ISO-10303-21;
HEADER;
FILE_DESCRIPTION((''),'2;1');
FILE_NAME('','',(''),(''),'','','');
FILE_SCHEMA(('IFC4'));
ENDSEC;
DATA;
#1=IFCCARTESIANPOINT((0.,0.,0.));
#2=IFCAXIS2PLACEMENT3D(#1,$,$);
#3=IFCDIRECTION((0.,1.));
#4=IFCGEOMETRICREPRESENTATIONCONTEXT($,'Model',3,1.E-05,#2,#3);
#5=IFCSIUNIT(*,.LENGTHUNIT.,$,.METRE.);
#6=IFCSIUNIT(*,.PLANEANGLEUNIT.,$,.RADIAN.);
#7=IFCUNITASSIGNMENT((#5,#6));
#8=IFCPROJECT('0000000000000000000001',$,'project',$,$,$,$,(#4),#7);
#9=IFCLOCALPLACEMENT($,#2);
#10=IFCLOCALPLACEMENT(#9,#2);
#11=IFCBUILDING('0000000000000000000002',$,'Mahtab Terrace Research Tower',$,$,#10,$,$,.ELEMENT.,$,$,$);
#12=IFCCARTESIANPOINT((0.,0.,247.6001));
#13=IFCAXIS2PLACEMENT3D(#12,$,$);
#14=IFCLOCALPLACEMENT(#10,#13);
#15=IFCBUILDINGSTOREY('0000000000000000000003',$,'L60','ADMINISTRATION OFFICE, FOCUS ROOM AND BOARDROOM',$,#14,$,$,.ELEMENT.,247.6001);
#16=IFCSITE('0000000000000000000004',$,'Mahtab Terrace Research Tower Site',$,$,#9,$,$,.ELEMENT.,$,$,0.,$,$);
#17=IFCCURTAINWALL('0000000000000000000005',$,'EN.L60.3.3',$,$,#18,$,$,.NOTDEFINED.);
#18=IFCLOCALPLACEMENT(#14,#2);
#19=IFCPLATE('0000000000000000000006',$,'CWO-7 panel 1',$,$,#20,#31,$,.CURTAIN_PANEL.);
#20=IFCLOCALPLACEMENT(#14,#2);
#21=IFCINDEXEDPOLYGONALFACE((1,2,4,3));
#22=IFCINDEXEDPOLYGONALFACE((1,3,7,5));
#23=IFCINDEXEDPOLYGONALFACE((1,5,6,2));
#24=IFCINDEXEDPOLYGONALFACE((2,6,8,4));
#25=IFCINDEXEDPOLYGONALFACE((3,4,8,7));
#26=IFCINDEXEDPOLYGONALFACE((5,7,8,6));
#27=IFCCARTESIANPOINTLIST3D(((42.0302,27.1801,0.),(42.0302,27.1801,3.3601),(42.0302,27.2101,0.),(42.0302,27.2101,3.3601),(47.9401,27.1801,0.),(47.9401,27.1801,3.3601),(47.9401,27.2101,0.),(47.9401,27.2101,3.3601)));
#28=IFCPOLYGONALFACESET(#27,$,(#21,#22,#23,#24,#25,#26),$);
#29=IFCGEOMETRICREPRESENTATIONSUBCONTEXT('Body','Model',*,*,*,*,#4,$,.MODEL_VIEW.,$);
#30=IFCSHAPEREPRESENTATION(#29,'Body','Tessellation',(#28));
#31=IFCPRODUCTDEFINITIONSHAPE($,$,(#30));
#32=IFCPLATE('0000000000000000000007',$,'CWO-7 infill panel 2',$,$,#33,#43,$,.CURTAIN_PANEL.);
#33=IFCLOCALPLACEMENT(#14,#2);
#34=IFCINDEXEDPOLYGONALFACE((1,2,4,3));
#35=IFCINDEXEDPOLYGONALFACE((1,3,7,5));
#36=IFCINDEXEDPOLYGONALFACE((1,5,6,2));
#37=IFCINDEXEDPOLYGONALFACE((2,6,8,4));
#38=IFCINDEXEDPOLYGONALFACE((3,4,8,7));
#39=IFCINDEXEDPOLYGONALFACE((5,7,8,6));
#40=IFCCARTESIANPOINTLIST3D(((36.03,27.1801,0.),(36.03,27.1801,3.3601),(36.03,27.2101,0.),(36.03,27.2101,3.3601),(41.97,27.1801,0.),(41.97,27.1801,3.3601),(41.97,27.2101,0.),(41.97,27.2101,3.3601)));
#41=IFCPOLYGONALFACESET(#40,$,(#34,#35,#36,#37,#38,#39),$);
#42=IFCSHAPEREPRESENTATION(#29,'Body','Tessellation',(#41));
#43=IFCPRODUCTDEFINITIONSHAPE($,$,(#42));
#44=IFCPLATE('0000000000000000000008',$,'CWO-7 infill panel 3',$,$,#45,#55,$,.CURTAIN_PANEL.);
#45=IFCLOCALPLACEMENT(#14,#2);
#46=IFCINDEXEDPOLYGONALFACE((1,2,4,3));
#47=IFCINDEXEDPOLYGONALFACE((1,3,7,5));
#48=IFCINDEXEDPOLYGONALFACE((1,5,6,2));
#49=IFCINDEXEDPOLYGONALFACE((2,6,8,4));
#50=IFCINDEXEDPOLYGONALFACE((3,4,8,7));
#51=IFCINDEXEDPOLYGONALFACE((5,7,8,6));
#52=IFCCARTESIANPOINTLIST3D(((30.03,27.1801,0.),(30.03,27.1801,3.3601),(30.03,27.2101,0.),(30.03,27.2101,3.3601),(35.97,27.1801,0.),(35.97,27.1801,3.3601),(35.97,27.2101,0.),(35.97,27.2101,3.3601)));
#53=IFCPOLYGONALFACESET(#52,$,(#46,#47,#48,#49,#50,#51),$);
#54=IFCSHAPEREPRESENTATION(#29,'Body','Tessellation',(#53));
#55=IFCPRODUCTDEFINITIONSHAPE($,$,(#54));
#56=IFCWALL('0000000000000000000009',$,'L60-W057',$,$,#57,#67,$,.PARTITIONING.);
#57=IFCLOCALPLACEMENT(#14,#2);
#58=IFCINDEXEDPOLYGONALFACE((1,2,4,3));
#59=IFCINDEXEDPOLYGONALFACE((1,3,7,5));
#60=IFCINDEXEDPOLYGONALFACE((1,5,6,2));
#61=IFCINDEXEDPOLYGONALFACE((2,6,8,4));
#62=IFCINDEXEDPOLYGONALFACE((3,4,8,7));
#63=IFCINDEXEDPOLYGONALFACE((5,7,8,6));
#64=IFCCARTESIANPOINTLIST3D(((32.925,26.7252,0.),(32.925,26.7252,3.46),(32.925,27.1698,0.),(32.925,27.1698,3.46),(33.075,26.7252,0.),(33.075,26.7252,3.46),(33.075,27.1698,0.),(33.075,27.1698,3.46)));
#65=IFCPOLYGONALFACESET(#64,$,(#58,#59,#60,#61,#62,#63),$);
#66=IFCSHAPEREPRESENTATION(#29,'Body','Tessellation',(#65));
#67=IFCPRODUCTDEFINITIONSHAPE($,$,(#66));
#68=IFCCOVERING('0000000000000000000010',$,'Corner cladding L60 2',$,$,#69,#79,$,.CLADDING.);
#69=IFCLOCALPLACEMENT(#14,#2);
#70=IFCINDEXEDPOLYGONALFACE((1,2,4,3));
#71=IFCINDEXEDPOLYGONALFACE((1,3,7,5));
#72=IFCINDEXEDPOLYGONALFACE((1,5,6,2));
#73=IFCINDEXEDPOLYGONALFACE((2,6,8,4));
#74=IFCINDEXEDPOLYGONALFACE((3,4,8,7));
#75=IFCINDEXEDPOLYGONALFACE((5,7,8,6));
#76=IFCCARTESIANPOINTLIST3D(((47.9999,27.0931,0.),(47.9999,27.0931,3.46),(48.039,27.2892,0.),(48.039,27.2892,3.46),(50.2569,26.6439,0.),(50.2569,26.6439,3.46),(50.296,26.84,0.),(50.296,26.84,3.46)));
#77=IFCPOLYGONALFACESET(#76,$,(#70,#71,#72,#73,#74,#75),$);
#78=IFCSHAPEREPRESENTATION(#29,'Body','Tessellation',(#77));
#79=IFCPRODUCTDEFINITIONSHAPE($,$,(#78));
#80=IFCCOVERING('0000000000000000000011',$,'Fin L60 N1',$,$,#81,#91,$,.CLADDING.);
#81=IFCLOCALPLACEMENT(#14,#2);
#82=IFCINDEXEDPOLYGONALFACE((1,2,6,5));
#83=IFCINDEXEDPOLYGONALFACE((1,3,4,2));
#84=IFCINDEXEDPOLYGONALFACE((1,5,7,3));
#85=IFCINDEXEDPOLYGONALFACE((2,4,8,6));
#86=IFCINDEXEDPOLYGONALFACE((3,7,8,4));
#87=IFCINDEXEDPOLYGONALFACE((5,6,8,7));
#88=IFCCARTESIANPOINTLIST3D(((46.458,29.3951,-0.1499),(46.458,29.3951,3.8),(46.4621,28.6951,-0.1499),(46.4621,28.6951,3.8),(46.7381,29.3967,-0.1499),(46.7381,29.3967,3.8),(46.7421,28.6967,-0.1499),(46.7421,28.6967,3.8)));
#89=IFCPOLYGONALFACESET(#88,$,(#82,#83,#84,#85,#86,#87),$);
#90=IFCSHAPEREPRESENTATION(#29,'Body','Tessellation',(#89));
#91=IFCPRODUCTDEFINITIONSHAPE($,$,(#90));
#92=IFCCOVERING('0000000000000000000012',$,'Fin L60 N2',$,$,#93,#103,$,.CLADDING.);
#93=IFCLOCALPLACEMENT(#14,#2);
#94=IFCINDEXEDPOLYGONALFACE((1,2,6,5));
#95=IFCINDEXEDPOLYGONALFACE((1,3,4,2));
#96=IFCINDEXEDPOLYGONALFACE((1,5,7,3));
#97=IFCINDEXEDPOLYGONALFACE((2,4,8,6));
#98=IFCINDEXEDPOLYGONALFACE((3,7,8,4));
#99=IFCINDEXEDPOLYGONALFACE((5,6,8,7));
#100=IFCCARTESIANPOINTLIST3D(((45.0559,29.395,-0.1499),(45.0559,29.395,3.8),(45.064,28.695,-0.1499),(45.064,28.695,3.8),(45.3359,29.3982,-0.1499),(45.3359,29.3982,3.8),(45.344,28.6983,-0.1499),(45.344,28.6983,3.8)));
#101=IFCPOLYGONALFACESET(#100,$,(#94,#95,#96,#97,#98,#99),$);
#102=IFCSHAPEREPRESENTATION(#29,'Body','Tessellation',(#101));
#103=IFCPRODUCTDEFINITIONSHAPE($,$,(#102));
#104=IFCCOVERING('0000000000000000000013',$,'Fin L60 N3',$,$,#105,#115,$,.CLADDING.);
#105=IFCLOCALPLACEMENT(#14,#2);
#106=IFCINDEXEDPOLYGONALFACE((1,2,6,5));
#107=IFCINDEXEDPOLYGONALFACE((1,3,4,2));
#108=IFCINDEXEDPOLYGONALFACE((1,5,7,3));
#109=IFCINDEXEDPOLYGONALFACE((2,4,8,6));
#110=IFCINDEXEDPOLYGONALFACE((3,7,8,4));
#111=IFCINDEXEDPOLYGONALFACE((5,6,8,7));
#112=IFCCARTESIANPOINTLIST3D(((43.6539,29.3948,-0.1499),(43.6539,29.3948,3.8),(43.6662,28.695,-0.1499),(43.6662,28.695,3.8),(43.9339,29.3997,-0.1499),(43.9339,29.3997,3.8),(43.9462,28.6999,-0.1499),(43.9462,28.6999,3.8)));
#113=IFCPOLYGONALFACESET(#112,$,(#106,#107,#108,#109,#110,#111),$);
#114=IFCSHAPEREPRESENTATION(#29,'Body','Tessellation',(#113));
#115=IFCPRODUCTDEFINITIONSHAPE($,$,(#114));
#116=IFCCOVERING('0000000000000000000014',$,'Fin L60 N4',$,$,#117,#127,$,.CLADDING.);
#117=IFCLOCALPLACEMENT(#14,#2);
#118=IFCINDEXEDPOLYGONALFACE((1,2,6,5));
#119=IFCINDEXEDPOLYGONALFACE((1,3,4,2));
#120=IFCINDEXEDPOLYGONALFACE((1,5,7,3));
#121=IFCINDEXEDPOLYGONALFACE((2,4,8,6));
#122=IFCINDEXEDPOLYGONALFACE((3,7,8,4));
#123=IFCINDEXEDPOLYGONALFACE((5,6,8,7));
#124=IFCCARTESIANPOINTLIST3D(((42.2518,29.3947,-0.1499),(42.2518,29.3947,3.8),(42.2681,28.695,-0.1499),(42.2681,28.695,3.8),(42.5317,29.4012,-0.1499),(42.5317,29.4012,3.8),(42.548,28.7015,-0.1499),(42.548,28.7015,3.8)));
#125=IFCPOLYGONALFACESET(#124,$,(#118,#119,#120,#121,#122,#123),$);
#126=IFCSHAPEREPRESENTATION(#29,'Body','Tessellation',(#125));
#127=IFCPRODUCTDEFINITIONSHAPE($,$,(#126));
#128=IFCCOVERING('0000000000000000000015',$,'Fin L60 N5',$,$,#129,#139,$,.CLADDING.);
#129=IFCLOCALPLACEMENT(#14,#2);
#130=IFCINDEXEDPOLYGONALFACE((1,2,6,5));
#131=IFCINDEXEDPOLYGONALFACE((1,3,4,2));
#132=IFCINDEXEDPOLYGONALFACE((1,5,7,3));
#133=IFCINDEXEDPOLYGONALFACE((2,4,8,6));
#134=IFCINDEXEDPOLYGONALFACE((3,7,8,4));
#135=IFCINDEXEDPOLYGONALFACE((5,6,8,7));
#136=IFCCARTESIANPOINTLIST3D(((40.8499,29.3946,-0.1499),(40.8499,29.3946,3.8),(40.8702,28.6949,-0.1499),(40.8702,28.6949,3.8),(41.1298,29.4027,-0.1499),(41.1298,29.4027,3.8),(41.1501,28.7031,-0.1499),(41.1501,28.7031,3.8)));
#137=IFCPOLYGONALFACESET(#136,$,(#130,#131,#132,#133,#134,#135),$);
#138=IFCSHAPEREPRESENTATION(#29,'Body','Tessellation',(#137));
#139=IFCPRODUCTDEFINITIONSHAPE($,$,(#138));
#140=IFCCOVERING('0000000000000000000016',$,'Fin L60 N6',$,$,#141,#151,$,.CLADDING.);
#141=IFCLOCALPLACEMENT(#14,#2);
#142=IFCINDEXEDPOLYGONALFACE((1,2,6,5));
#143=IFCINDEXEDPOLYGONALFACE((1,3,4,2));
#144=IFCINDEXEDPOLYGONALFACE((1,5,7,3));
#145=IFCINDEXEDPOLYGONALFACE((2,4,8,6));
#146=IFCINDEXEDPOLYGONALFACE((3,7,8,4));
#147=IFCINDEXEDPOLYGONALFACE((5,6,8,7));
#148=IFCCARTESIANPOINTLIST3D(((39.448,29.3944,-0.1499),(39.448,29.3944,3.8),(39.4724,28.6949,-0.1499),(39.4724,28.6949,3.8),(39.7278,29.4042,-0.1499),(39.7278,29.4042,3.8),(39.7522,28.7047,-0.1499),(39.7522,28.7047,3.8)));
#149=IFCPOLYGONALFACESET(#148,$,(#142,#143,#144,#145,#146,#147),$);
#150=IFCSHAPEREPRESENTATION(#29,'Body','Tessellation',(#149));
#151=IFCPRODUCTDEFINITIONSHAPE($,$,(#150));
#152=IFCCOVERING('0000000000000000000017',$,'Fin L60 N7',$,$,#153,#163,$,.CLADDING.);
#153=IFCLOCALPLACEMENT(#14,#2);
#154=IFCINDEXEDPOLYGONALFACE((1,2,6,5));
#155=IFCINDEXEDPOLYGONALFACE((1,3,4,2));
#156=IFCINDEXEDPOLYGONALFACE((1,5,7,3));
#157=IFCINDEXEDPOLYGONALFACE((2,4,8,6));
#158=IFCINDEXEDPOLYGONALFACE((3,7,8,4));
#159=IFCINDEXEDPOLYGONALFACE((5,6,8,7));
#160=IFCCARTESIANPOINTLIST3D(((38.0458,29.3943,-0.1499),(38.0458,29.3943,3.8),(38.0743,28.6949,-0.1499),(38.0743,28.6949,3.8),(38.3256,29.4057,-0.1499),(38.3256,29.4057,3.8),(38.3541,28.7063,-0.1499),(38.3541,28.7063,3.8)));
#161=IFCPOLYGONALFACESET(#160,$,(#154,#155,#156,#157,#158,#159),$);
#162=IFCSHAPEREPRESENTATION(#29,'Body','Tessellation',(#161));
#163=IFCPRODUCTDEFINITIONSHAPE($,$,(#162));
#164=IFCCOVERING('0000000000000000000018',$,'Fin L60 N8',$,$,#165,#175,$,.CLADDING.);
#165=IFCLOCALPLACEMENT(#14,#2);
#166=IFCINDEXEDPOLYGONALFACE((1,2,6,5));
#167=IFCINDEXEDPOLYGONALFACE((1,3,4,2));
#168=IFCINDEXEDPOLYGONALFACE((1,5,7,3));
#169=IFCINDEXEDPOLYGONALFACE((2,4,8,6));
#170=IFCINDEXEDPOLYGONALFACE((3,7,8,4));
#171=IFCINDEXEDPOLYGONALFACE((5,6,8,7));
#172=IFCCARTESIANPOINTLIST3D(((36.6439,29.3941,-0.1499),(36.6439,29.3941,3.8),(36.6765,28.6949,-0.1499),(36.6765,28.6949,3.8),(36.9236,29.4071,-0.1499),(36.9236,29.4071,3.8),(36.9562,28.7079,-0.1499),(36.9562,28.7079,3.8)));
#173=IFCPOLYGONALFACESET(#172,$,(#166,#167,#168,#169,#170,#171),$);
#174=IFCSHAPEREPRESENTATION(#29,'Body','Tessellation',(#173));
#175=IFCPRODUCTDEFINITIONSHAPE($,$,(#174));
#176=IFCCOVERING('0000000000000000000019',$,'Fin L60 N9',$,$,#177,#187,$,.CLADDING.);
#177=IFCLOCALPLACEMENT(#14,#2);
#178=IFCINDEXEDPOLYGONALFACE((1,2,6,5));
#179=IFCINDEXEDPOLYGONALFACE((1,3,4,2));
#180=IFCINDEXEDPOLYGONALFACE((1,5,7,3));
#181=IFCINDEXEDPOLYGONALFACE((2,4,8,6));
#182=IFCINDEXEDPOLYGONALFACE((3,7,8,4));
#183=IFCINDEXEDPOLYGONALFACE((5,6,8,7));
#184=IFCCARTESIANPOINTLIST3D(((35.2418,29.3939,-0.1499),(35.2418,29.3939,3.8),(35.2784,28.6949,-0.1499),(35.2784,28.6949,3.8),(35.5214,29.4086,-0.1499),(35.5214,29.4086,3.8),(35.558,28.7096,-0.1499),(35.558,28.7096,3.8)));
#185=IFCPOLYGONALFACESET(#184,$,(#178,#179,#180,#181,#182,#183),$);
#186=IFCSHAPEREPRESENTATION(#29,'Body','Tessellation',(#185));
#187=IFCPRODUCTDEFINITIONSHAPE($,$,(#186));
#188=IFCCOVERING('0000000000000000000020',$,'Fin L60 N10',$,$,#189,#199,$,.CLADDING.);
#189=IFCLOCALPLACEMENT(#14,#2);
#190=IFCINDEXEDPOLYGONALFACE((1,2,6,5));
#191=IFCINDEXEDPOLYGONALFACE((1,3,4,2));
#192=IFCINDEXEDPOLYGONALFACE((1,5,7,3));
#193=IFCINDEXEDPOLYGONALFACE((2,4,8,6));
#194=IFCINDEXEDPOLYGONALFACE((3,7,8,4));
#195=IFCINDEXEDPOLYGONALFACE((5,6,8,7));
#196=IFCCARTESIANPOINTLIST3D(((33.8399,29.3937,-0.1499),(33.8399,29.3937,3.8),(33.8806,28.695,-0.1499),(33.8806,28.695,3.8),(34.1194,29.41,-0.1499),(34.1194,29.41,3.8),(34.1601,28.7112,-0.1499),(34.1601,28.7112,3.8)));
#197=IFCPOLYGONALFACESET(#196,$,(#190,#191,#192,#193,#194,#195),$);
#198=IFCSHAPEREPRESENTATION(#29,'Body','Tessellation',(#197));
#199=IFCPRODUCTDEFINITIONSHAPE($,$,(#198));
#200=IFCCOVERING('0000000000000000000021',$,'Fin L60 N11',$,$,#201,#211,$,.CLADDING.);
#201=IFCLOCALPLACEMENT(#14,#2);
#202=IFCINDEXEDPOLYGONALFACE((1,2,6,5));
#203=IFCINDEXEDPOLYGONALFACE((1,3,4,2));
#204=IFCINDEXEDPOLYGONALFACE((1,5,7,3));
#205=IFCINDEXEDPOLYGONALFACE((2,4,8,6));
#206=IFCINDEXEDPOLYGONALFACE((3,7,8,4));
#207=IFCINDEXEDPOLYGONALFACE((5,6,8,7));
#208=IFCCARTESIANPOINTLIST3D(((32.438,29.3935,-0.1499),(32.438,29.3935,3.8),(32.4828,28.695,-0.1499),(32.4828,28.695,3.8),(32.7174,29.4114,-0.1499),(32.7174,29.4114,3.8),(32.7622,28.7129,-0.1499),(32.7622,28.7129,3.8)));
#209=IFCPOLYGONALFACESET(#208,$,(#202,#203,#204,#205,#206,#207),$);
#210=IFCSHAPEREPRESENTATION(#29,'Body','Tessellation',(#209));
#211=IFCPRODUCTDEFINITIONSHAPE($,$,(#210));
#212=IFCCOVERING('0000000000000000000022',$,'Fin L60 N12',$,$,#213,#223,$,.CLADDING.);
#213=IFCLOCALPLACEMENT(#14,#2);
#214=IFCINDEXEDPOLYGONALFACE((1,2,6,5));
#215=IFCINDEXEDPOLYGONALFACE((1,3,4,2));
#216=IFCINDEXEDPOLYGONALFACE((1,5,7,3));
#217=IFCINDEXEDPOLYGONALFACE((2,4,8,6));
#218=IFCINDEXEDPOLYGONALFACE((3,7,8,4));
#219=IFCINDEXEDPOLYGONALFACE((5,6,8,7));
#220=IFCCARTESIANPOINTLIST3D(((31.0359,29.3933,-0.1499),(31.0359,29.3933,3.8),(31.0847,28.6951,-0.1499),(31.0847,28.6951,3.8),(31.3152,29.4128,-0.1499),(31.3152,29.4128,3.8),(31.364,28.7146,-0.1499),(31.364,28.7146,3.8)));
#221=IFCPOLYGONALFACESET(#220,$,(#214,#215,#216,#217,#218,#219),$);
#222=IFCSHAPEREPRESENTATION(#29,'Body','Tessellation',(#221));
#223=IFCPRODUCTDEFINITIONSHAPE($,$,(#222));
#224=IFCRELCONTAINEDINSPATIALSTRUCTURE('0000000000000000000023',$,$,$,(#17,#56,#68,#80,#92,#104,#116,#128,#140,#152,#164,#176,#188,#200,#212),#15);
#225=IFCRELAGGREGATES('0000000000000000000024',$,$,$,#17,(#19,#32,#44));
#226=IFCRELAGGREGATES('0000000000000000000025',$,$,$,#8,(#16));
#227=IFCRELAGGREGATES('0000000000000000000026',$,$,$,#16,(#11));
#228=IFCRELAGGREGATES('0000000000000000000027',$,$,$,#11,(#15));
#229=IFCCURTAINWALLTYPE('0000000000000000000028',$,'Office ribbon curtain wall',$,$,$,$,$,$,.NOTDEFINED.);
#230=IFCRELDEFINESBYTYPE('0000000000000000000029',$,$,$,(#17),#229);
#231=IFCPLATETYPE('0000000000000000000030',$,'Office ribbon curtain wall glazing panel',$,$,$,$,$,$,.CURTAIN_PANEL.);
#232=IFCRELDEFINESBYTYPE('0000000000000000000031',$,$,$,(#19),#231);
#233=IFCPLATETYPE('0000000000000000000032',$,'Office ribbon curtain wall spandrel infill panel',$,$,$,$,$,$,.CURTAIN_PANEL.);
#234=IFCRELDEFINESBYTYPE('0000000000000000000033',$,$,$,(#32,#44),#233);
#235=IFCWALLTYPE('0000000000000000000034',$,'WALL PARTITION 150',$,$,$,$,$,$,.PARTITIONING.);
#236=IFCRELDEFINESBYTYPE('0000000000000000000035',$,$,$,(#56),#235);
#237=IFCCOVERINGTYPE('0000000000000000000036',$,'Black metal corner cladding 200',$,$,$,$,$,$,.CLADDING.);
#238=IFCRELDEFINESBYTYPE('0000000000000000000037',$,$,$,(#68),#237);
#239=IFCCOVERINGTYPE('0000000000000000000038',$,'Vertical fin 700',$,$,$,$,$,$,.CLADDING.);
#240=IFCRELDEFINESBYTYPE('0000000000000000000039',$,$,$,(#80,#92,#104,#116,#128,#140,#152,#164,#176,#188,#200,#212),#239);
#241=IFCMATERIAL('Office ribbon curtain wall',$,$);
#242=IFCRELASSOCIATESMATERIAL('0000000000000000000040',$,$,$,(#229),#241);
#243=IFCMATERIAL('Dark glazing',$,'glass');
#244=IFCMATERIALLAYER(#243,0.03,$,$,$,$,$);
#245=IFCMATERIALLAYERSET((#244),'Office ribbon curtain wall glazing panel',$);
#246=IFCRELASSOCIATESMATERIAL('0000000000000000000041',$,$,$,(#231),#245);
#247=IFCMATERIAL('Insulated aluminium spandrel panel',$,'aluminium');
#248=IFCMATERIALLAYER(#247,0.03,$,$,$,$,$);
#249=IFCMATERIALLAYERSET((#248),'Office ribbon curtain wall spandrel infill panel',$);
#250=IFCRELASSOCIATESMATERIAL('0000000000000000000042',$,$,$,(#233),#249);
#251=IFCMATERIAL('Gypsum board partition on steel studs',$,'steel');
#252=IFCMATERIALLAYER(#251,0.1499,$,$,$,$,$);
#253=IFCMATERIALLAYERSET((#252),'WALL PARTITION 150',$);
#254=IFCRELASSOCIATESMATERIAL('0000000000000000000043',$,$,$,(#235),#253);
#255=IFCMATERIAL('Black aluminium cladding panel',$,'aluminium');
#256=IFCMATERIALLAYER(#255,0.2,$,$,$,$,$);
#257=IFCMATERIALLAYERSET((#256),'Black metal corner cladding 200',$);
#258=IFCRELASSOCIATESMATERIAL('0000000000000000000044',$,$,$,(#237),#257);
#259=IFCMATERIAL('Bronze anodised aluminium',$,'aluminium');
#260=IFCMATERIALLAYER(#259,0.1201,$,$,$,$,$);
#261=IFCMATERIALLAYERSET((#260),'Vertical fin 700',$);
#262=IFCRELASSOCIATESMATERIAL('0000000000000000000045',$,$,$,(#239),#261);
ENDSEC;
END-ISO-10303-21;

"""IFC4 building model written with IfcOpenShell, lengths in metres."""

from ifc_helpers import new_model, si_unit, direction, frame, frame_2d, origin, origin_2d, place, context, subcontext, project, spatial, rectangle, extrude, material, layer, layer_set, type_object, element, aggregate, save


model = new_model("IFC4")

# Units and contexts
model_context = context("Model", 3, precision=1e-05, world=origin(), true_north=direction((0.0, 1.0)))
body_context = subcontext(model_context, "Body", "Model", "MODEL_VIEW")
ifc_project = project(units=[si_unit("LENGTHUNIT", "METRE"), si_unit("PLANEANGLEUNIT", "RADIAN")], contexts=[model_context])

# Site, building, storey
site_placement = place(None, origin())
site = spatial("IfcSite", under=ifc_project, at=site_placement, Name="Mahtab Terrace Research Tower Site", CompositionType="ELEMENT", RefElevation=0.0)
building_placement = place(site_placement, origin())
building = spatial("IfcBuilding", under=site, at=building_placement, Name="Mahtab Terrace Research Tower", CompositionType="ELEMENT")
storey_placement = place(building_placement, frame((0.0, 0.0, 247.6001)))
storey = spatial("IfcBuildingStorey", under=building, at=storey_placement, Name="L60", Description="ADMINISTRATION OFFICE, FOCUS ROOM AND BOARDROOM", CompositionType="ELEMENT", Elevation=247.6001)

# Curtain wall
ifc_material_1 = material(Name="Office ribbon curtain wall")
curtain_wall_type = type_object("IfcCurtainWallType", Name="Office ribbon curtain wall", PredefinedType="NOTDEFINED", material=ifc_material_1)
curtain_wall_placement = place(storey_placement, origin())
curtain_wall = element("IfcCurtainWall", 1, at=curtain_wall_placement, inside=storey, type_object=curtain_wall_type, Name="EN.L60.3.3", PredefinedType="NOTDEFINED")

# Plates
ifc_material_2 = material(Name="Dark glazing", Category="glass")
ifc_layer_1 = layer(ifc_material_2, 0.03)
ifc_layer_set_1 = layer_set([ifc_layer_1], Name="Office ribbon curtain wall glazing panel")
plate_type_1 = type_object("IfcPlateType", Name="Office ribbon curtain wall glazing panel", PredefinedType="CURTAIN_PANEL", material=ifc_layer_set_1)
plate_1_placement = place(storey_placement, frame((44.9851, 27.1951, 0.0), z_axis=(0.0, 0.0, 1.0), x_axis=(-1.0, 0.0, 0.0)))
plate_1 = element("IfcPlate", 2, at=plate_1_placement, type_object=plate_type_1, Name="CWO-7 panel 1", PredefinedType="CURTAIN_PANEL", context=body_context, shape_type="SweptSolid", body=[
    extrude(rectangle(XDim=5.9099, YDim=0.03, at=origin_2d()), origin(), (0.0, 0.0, 1.0), 3.3601),
])
ifc_material_3 = material(Name="Insulated aluminium spandrel panel", Category="aluminium")
ifc_layer_2 = layer(ifc_material_3, 0.03)
ifc_layer_set_2 = layer_set([ifc_layer_2], Name="Office ribbon curtain wall spandrel infill panel")
plate_type_2 = type_object("IfcPlateType", Name="Office ribbon curtain wall spandrel infill panel", PredefinedType="CURTAIN_PANEL", material=ifc_layer_set_2)
plate_2_placement = place(storey_placement, frame((39.0, 27.1951, 0.0), z_axis=(0.0, 0.0, 1.0), x_axis=(-1.0, 0.0, 0.0)))
plate_2 = element("IfcPlate", 3, at=plate_2_placement, type_object=plate_type_2, Name="CWO-7 infill panel 2", PredefinedType="CURTAIN_PANEL", context=body_context, shape_type="SweptSolid", body=[
    extrude(rectangle(XDim=5.9399, YDim=0.03, at=origin_2d()), origin(), (0.0, 0.0, 1.0), 3.3601),
])
plate_3_placement = place(storey_placement, frame((33.0, 27.1951, 0.0), z_axis=(0.0, 0.0, 1.0), x_axis=(-1.0, 0.0, 0.0)))
plate_3 = element("IfcPlate", 4, at=plate_3_placement, type_object=plate_type_2, Name="CWO-7 infill panel 3", PredefinedType="CURTAIN_PANEL", context=body_context, shape_type="SweptSolid", body=[
    extrude(rectangle(XDim=5.9399, YDim=0.03, at=origin_2d()), origin(), (0.0, 0.0, 1.0), 3.3601),
])
aggregate(curtain_wall, [plate_1, plate_2, plate_3])

# Wall
ifc_material_4 = material(Name="Gypsum board partition on steel studs", Category="steel")
ifc_layer_3 = layer(ifc_material_4, 0.1499)
ifc_layer_set_3 = layer_set([ifc_layer_3], Name="WALL PARTITION 150")
wall_type = type_object("IfcWallType", Name="WALL PARTITION 150", PredefinedType="PARTITIONING", material=ifc_layer_set_3)
wall_placement = place(storey_placement, frame((33.0, 26.7253, 0.0), z_axis=(0.0, 0.0, 1.0), x_axis=(0.0, 1.0, 0.0)))
element("IfcWall", 5, at=wall_placement, inside=storey, type_object=wall_type, Name="L60-W057", PredefinedType="PARTITIONING", context=body_context, shape_type="SweptSolid", body=[
    extrude(rectangle(XDim=0.4446, YDim=0.1499, at=frame_2d((0.2222, 0.0))), origin(), (0.0, 0.0, 1.0), 3.46),
])

# Coverings
ifc_material_5 = material(Name="Black aluminium cladding panel", Category="aluminium")
ifc_layer_4 = layer(ifc_material_5, 0.2)
ifc_layer_set_4 = layer_set([ifc_layer_4], Name="Black metal corner cladding 200")
covering_type_1 = type_object("IfcCoveringType", Name="Black metal corner cladding 200", PredefinedType="CLADDING", material=ifc_layer_set_4)
covering_placement = place(storey_placement, frame((49.1479, 26.9666, 0.0), z_axis=(0.0, 0.0, 1.0), x_axis=(-0.980761, 0.195212, 0.0)))
element("IfcCovering", 6, at=covering_placement, inside=storey, type_object=covering_type_1, Name="Corner cladding L60 2", PredefinedType="CLADDING", context=body_context, shape_type="SweptSolid", body=[
    extrude(rectangle(XDim=2.3013, YDim=0.2, at=origin_2d()), origin(), (0.0, 0.0, 1.0), 3.46),
])
ifc_material_6 = material(Name="Bronze anodised aluminium", Category="aluminium")
ifc_layer_5 = layer(ifc_material_6, 0.1201)
ifc_layer_set_5 = layer_set([ifc_layer_5], Name="Vertical fin 700")
covering_type_2 = type_object("IfcCoveringType", Name="Vertical fin 700", PredefinedType="CLADDING", material=ifc_layer_set_5)
for number, where, z_axis, x_axis, name in (
    (7, (46.6001, 29.0459, -0.1499), (0.0, 0.0, 1.0), (-0.999983, -0.005818, 0.0), "Fin L60 N1"),
    (8, (45.2, 29.0466, -0.1499), (0.0, 0.0, 1.0), (-0.999932, -0.011635, 0.0), "Fin L60 N2"),
    (9, (43.8, 29.0474, -0.1499), (0.0, 0.0, 1.0), (-0.999848, -0.017452, 0.0), "Fin L60 N3"),
    (10, (42.3999, 29.0481, -0.1499), (0.0, 0.0, 1.0), (-0.999729, -0.023269, 0.0), "Fin L60 N4"),
    (11, (41.0, 29.0488, -0.1499), (0.0, 0.0, 1.0), (-0.999577, -0.029085, 0.0), "Fin L60 N5"),
    (12, (39.6001, 29.0496, -0.1499), (0.0, 0.0, 1.0), (-0.999391, -0.034899, 0.0), "Fin L60 N6"),
    (13, (38.2, 29.0503, -0.1499), (0.0, 0.0, 1.0), (-0.999171, -0.040713, 0.0), "Fin L60 N7"),
    (14, (36.8, 29.051, -0.1499), (0.0, 0.0, 1.0), (-0.998917, -0.046525, 0.0), "Fin L60 N8"),
    (15, (35.3999, 29.0518, -0.1499), (0.0, 0.0, 1.0), (-0.99863, -0.052336, 0.0), "Fin L60 N9"),
    (16, (34.0, 29.0525, -0.1499), (0.0, 0.0, 1.0), (-0.998308, -0.058145, 0.0), "Fin L60 N10"),
    (17, (32.6001, 29.0532, -0.1499), (0.0, 0.0, 1.0), (-0.997953, -0.063952, 0.0), "Fin L60 N11"),
    (18, (31.2, 29.054, -0.1499), (0.0, 0.0, 1.0), (-0.997564, -0.069756, 0.0), "Fin L60 N12"),
):
    element("IfcCovering", number, at=place(storey_placement, frame(where, z_axis=z_axis, x_axis=x_axis)), inside=storey, type_object=covering_type_2, Name=name, PredefinedType="CLADDING", context=body_context, shape_type="SweptSolid", body=[
        extrude(rectangle(XDim=0.28, YDim=0.7, at=origin_2d()), origin(), (0.0, 0.0, 1.0), 3.95),
    ])

save(model, "model.ifc")
